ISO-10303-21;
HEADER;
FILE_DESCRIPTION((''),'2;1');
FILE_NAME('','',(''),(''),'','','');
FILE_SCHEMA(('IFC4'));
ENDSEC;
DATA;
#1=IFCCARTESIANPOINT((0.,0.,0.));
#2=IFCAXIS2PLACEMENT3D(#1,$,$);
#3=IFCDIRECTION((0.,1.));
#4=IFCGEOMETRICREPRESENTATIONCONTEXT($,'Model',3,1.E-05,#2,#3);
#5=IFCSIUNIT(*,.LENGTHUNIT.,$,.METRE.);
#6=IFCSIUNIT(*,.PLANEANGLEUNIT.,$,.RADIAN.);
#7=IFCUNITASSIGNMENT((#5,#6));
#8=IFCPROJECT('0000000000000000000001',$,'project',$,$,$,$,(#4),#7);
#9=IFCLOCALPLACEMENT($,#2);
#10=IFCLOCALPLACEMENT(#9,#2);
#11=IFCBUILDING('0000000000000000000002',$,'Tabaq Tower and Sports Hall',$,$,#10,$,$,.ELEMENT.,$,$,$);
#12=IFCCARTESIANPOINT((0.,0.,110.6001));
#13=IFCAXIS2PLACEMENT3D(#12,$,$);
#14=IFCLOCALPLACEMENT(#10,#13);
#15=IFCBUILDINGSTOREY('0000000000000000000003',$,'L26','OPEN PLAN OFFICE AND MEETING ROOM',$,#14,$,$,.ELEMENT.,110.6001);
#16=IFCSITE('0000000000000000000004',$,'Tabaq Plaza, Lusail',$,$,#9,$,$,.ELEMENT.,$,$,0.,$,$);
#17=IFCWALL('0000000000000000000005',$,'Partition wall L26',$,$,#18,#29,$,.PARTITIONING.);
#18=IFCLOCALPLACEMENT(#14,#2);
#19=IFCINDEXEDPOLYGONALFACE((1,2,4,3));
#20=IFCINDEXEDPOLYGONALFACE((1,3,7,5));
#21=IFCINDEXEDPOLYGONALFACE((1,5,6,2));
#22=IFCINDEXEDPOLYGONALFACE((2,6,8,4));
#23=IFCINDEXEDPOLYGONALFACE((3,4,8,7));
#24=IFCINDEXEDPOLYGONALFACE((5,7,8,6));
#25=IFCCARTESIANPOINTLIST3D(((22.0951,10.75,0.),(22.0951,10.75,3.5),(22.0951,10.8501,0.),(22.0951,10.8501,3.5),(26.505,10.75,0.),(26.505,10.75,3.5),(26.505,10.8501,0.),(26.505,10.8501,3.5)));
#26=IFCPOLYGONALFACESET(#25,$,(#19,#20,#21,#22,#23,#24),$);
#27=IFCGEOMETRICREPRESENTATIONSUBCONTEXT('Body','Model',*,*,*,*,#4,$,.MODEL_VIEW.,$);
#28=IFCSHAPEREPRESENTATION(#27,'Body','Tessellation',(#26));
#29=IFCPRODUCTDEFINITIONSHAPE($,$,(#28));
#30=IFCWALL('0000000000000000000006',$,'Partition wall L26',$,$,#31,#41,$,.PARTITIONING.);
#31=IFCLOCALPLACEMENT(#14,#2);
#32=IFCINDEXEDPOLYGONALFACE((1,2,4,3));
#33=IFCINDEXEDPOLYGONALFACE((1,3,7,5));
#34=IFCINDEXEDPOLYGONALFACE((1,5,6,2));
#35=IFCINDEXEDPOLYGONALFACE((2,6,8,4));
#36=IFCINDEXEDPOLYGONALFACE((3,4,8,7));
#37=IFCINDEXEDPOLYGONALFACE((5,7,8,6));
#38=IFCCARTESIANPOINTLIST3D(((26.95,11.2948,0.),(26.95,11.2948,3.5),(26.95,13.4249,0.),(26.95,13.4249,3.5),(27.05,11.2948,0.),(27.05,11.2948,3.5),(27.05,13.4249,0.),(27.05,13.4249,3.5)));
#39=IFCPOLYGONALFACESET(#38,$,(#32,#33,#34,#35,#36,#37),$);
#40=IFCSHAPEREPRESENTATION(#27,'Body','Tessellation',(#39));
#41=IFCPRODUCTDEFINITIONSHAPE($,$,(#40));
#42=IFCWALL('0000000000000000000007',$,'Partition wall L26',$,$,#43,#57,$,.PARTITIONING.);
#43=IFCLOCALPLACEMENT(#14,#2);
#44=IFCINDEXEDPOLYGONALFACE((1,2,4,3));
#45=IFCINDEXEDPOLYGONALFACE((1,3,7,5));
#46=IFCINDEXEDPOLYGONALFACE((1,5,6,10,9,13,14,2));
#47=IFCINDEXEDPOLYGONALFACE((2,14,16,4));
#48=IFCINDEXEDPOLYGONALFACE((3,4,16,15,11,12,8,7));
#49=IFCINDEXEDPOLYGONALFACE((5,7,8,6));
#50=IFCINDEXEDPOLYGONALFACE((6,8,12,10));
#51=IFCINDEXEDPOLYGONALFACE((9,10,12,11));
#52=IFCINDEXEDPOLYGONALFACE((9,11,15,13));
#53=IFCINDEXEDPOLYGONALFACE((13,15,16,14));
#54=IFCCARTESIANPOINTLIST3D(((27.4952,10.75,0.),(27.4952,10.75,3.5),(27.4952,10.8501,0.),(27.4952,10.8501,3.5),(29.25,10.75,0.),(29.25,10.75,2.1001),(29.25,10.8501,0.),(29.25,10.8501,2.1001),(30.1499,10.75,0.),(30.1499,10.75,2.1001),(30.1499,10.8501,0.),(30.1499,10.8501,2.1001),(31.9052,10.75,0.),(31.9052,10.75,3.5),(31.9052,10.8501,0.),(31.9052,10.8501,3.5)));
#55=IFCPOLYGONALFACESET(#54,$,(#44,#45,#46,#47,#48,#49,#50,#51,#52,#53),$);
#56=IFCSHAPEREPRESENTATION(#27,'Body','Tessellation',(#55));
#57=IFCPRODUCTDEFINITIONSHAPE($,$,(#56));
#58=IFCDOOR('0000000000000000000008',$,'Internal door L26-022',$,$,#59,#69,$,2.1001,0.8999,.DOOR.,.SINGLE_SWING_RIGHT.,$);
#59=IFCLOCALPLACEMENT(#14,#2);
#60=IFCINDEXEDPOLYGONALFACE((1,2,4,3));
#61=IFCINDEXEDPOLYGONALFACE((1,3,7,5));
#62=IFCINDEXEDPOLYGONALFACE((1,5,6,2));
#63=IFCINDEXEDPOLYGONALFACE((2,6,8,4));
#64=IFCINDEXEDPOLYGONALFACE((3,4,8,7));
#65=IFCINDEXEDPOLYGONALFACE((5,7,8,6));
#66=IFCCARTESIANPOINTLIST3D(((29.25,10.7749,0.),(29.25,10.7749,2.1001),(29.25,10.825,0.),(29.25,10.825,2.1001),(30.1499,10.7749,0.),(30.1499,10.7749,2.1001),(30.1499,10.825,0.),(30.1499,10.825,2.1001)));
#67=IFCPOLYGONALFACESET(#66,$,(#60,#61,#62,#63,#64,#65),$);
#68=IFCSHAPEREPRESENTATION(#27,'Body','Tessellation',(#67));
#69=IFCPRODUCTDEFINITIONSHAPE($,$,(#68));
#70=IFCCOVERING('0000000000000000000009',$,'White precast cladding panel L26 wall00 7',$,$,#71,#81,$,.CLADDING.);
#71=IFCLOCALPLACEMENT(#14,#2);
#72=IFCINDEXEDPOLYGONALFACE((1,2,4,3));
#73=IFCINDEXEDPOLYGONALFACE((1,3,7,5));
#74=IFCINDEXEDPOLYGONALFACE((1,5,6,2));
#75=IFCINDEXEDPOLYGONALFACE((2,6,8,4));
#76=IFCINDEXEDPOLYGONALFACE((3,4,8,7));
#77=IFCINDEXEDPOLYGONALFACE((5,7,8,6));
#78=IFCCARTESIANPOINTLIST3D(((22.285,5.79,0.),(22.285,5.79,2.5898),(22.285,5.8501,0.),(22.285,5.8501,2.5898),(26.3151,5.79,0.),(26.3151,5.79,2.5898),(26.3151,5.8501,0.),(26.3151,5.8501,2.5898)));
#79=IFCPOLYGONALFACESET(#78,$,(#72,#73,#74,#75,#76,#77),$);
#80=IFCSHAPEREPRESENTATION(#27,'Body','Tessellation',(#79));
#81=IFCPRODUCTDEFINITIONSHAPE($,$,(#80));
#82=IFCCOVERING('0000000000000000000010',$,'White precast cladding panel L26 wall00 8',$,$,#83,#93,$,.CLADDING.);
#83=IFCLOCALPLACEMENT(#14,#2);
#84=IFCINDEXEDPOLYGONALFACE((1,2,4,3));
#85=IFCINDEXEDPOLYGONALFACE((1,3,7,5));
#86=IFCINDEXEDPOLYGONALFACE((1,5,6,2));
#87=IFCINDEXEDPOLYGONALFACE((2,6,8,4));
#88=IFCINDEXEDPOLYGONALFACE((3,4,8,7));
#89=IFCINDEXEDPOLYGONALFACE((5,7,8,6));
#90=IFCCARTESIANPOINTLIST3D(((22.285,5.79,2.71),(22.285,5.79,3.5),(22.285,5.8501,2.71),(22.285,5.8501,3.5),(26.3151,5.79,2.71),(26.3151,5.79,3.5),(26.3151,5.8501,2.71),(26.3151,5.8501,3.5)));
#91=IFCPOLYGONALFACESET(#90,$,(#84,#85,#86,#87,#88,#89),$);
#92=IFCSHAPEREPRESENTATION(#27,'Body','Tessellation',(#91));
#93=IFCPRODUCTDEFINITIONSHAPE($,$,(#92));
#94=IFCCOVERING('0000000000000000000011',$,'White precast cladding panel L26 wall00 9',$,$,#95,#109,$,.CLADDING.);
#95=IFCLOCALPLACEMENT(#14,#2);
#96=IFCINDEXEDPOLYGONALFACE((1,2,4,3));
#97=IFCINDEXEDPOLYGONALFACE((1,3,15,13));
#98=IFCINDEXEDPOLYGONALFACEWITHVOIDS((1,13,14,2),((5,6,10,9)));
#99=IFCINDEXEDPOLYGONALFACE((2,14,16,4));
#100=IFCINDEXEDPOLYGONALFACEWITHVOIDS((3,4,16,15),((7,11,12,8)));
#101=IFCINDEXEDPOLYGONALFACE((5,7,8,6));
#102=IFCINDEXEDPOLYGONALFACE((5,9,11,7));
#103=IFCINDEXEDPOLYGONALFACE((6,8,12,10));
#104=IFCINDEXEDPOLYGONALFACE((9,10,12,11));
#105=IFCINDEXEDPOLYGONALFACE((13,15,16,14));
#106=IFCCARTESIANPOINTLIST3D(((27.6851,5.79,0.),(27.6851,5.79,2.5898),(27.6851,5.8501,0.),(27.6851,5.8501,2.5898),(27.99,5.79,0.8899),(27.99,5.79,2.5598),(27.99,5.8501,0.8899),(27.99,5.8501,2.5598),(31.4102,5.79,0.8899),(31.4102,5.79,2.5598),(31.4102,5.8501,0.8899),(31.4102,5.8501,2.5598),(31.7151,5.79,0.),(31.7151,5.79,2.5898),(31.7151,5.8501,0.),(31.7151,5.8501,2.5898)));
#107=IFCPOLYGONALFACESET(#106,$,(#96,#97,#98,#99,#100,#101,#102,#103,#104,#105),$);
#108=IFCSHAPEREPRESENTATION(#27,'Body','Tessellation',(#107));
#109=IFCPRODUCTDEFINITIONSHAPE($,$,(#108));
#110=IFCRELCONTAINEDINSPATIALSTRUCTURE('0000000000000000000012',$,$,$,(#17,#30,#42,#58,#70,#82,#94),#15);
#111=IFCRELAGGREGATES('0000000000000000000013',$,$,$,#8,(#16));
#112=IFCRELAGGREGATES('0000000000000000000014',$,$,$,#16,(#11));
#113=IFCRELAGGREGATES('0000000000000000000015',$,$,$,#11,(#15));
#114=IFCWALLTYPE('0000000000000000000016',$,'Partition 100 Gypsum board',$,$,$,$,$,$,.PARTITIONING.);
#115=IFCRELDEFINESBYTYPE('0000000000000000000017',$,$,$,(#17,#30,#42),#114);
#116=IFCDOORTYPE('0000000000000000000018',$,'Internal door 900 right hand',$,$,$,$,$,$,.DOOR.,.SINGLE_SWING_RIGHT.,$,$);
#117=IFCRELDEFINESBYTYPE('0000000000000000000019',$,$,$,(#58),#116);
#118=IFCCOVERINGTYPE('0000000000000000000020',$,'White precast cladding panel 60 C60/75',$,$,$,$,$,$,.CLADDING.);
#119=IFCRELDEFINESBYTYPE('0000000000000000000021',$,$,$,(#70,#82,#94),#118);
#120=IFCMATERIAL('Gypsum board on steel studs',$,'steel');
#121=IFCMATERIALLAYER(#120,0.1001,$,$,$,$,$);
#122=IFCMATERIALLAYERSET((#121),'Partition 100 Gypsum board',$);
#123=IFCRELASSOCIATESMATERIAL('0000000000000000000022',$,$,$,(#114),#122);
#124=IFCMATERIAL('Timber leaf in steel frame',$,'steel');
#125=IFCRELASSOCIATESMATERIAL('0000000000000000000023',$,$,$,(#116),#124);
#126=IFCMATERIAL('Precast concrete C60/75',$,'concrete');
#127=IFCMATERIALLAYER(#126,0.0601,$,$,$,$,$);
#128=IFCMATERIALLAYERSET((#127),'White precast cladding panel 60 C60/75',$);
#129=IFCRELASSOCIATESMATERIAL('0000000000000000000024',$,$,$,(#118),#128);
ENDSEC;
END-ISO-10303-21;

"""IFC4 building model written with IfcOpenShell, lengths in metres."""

from ifc_helpers import new_model, si_unit, direction, frame, frame_2d, origin, place, context, subcontext, project, spatial, polyline, rectangle, outline, extrude, material, layer, layer_set, type_object, element, fill, save


model = new_model("IFC4")

# Units and contexts
model_context = context("Model", 3, precision=1e-05, world=origin(), true_north=direction((0.0, 1.0)))
body_context = subcontext(model_context, "Body", "Model", "MODEL_VIEW")
ifc_project = project(units=[si_unit("LENGTHUNIT", "METRE"), si_unit("PLANEANGLEUNIT", "RADIAN")], contexts=[model_context])

# Site, building, storey
site_placement = place(None, origin())
site = spatial("IfcSite", under=ifc_project, at=site_placement, Name="Tabaq Plaza, Lusail", CompositionType="ELEMENT", RefElevation=0.0)
building_placement = place(site_placement, origin())
building = spatial("IfcBuilding", under=site, at=building_placement, Name="Tabaq Tower and Sports Hall", CompositionType="ELEMENT")
storey_placement = place(building_placement, frame((0.0, 0.0, 110.6001)))
storey = spatial("IfcBuildingStorey", under=building, at=storey_placement, Name="L26", Description="OPEN PLAN OFFICE AND MEETING ROOM", CompositionType="ELEMENT", Elevation=110.6001)

# Walls
ifc_material_1 = material(Name="Gypsum board on steel studs", Category="steel")
ifc_layer_1 = layer(ifc_material_1, 0.1001)
ifc_layer_set_1 = layer_set([ifc_layer_1], Name="Partition 100 Gypsum board")
wall_type = type_object("IfcWallType", Name="Partition 100 Gypsum board", PredefinedType="PARTITIONING", material=ifc_layer_set_1)
wall_1_placement = place(storey_placement, frame((22.095, 10.8, 0.0), z_axis=(0.0, 0.0, 1.0), x_axis=(1.0, 0.0, 0.0)))
element("IfcWall", 1, at=wall_1_placement, inside=storey, type_object=wall_type, Name="Partition wall L26", PredefinedType="PARTITIONING", context=body_context, shape_type="SweptSolid", body=[
    extrude(rectangle(XDim=4.4099, YDim=0.1001, at=frame_2d((2.2051, 0.0))), origin(), (0.0, 0.0, 1.0), 3.5),
])
wall_2_placement = place(storey_placement, frame((27.0, 11.2949, 0.0), z_axis=(0.0, 0.0, 1.0), x_axis=(0.0, 1.0, 0.0)))
element("IfcWall", 2, at=wall_2_placement, inside=storey, type_object=wall_type, Name="Partition wall L26", PredefinedType="PARTITIONING", context=body_context, shape_type="SweptSolid", body=[
    extrude(rectangle(XDim=2.1301, YDim=0.1001, at=frame_2d((1.0649, 0.0))), origin(), (0.0, 0.0, 1.0), 3.5),
])

# Wall, opening, door
wall_3_placement = place(storey_placement, frame((27.4951, 10.8, 0.0), z_axis=(0.0, 0.0, 1.0), x_axis=(1.0, 0.0, 0.0)))
wall_3 = element("IfcWall", 3, at=wall_3_placement, inside=storey, type_object=wall_type, Name="Partition wall L26", PredefinedType="PARTITIONING", context=body_context, shape_type="SweptSolid", body=[
    extrude(rectangle(XDim=4.4099, YDim=0.1001, at=frame_2d((2.2051, 0.0))), origin(), (0.0, 0.0, 1.0), 3.5),
])
opening_placement = place(wall_3_placement, frame((1.7549, 0.0, 0.0)))
opening = element("IfcOpeningElement", 4, at=opening_placement, cuts=wall_3, PredefinedType="OPENING", context=body_context, shape_type="SweptSolid", body=[
    extrude(rectangle(XDim=0.8999, YDim=2.1001, at=frame_2d((0.45, 1.05))), frame((0.0, 0.05, 0.0), z_axis=(0.0, -1.0, 0.0), x_axis=(1.0, 0.0, 0.0)), (0.0, 0.0, 1.0), 0.1001),
])
ifc_material_2 = material(Name="Timber leaf in steel frame", Category="steel")
door_type = type_object("IfcDoorType", Name="Internal door 900 right hand", OperationType="SINGLE_SWING_RIGHT", PredefinedType="DOOR", material=ifc_material_2)
door_placement = place(opening_placement, origin())
door = element("IfcDoor", 5, at=door_placement, inside=storey, type_object=door_type, Name="Internal door L26-022", OperationType="SINGLE_SWING_RIGHT", OverallHeight=2.1001, OverallWidth=0.8999, PredefinedType="DOOR", context=body_context, shape_type="SweptSolid", body=[
    extrude(rectangle(XDim=0.8999, YDim=2.1001, at=frame_2d((0.45, 1.05))), frame((0.0, 0.0249, 0.0), z_axis=(0.0, -1.0, 0.0), x_axis=(1.0, 0.0, 0.0)), (0.0, 0.0, 1.0), 0.05),
])
fill(opening, door)

# Coverings
ifc_material_3 = material(Name="Precast concrete C60/75", Category="concrete")
ifc_layer_2 = layer(ifc_material_3, 0.0601)
ifc_layer_set_2 = layer_set([ifc_layer_2], Name="White precast cladding panel 60 C60/75")
covering_type = type_object("IfcCoveringType", Name="White precast cladding panel 60 C60/75", PredefinedType="CLADDING", material=ifc_layer_set_2)
covering_1_placement = place(storey_placement, frame((22.2849, 5.8201, 0.0), z_axis=(0.0, 0.0, 1.0), x_axis=(1.0, 0.0, 0.0)))
element("IfcCovering", 6, at=covering_1_placement, inside=storey, type_object=covering_type, Name="White precast cladding panel L26 wall00 7", PredefinedType="CLADDING", context=body_context, shape_type="SweptSolid", body=[
    extrude(rectangle(XDim=4.03, YDim=0.0601, at=frame_2d((2.0151, 0.0))), origin(), (0.0, 0.0, 1.0), 2.5898),
])
covering_2_placement = place(storey_placement, frame((22.2849, 5.8201, 2.71), z_axis=(0.0, 0.0, 1.0), x_axis=(1.0, 0.0, 0.0)))
element("IfcCovering", 7, at=covering_2_placement, inside=storey, type_object=covering_type, Name="White precast cladding panel L26 wall00 8", PredefinedType="CLADDING", context=body_context, shape_type="SweptSolid", body=[
    extrude(rectangle(XDim=4.03, YDim=0.0601, at=frame_2d((2.0151, 0.0))), origin(), (0.0, 0.0, 1.0), 0.79),
])
covering_3_placement = place(storey_placement, frame((27.6851, 5.8201, 0.0), z_axis=(0.0, 0.0, 1.0), x_axis=(1.0, 0.0, 0.0)))
element("IfcCovering", 8, at=covering_3_placement, inside=storey, type_object=covering_type, Name="White precast cladding panel L26 wall00 9", PredefinedType="CLADDING", context=body_context, shape_type="SweptSolid", body=[
    extrude(outline(polyline([(0.0, 0.0), (4.03, 0.0), (4.03, 2.5898), (0.0, 2.5898), (0.0, 0.0)]), holes=[polyline([(3.7251, 0.8899), (0.3049, 0.8899), (0.3049, 2.5598), (3.7251, 2.5598), (3.7251, 0.8899)])]), frame((0.0, 0.03, 0.0), z_axis=(0.0, -1.0, 0.0), x_axis=(1.0, 0.0, 0.0)), (0.0, 0.0, 1.0), 0.0601),
])

save(model, "model.ifc")
